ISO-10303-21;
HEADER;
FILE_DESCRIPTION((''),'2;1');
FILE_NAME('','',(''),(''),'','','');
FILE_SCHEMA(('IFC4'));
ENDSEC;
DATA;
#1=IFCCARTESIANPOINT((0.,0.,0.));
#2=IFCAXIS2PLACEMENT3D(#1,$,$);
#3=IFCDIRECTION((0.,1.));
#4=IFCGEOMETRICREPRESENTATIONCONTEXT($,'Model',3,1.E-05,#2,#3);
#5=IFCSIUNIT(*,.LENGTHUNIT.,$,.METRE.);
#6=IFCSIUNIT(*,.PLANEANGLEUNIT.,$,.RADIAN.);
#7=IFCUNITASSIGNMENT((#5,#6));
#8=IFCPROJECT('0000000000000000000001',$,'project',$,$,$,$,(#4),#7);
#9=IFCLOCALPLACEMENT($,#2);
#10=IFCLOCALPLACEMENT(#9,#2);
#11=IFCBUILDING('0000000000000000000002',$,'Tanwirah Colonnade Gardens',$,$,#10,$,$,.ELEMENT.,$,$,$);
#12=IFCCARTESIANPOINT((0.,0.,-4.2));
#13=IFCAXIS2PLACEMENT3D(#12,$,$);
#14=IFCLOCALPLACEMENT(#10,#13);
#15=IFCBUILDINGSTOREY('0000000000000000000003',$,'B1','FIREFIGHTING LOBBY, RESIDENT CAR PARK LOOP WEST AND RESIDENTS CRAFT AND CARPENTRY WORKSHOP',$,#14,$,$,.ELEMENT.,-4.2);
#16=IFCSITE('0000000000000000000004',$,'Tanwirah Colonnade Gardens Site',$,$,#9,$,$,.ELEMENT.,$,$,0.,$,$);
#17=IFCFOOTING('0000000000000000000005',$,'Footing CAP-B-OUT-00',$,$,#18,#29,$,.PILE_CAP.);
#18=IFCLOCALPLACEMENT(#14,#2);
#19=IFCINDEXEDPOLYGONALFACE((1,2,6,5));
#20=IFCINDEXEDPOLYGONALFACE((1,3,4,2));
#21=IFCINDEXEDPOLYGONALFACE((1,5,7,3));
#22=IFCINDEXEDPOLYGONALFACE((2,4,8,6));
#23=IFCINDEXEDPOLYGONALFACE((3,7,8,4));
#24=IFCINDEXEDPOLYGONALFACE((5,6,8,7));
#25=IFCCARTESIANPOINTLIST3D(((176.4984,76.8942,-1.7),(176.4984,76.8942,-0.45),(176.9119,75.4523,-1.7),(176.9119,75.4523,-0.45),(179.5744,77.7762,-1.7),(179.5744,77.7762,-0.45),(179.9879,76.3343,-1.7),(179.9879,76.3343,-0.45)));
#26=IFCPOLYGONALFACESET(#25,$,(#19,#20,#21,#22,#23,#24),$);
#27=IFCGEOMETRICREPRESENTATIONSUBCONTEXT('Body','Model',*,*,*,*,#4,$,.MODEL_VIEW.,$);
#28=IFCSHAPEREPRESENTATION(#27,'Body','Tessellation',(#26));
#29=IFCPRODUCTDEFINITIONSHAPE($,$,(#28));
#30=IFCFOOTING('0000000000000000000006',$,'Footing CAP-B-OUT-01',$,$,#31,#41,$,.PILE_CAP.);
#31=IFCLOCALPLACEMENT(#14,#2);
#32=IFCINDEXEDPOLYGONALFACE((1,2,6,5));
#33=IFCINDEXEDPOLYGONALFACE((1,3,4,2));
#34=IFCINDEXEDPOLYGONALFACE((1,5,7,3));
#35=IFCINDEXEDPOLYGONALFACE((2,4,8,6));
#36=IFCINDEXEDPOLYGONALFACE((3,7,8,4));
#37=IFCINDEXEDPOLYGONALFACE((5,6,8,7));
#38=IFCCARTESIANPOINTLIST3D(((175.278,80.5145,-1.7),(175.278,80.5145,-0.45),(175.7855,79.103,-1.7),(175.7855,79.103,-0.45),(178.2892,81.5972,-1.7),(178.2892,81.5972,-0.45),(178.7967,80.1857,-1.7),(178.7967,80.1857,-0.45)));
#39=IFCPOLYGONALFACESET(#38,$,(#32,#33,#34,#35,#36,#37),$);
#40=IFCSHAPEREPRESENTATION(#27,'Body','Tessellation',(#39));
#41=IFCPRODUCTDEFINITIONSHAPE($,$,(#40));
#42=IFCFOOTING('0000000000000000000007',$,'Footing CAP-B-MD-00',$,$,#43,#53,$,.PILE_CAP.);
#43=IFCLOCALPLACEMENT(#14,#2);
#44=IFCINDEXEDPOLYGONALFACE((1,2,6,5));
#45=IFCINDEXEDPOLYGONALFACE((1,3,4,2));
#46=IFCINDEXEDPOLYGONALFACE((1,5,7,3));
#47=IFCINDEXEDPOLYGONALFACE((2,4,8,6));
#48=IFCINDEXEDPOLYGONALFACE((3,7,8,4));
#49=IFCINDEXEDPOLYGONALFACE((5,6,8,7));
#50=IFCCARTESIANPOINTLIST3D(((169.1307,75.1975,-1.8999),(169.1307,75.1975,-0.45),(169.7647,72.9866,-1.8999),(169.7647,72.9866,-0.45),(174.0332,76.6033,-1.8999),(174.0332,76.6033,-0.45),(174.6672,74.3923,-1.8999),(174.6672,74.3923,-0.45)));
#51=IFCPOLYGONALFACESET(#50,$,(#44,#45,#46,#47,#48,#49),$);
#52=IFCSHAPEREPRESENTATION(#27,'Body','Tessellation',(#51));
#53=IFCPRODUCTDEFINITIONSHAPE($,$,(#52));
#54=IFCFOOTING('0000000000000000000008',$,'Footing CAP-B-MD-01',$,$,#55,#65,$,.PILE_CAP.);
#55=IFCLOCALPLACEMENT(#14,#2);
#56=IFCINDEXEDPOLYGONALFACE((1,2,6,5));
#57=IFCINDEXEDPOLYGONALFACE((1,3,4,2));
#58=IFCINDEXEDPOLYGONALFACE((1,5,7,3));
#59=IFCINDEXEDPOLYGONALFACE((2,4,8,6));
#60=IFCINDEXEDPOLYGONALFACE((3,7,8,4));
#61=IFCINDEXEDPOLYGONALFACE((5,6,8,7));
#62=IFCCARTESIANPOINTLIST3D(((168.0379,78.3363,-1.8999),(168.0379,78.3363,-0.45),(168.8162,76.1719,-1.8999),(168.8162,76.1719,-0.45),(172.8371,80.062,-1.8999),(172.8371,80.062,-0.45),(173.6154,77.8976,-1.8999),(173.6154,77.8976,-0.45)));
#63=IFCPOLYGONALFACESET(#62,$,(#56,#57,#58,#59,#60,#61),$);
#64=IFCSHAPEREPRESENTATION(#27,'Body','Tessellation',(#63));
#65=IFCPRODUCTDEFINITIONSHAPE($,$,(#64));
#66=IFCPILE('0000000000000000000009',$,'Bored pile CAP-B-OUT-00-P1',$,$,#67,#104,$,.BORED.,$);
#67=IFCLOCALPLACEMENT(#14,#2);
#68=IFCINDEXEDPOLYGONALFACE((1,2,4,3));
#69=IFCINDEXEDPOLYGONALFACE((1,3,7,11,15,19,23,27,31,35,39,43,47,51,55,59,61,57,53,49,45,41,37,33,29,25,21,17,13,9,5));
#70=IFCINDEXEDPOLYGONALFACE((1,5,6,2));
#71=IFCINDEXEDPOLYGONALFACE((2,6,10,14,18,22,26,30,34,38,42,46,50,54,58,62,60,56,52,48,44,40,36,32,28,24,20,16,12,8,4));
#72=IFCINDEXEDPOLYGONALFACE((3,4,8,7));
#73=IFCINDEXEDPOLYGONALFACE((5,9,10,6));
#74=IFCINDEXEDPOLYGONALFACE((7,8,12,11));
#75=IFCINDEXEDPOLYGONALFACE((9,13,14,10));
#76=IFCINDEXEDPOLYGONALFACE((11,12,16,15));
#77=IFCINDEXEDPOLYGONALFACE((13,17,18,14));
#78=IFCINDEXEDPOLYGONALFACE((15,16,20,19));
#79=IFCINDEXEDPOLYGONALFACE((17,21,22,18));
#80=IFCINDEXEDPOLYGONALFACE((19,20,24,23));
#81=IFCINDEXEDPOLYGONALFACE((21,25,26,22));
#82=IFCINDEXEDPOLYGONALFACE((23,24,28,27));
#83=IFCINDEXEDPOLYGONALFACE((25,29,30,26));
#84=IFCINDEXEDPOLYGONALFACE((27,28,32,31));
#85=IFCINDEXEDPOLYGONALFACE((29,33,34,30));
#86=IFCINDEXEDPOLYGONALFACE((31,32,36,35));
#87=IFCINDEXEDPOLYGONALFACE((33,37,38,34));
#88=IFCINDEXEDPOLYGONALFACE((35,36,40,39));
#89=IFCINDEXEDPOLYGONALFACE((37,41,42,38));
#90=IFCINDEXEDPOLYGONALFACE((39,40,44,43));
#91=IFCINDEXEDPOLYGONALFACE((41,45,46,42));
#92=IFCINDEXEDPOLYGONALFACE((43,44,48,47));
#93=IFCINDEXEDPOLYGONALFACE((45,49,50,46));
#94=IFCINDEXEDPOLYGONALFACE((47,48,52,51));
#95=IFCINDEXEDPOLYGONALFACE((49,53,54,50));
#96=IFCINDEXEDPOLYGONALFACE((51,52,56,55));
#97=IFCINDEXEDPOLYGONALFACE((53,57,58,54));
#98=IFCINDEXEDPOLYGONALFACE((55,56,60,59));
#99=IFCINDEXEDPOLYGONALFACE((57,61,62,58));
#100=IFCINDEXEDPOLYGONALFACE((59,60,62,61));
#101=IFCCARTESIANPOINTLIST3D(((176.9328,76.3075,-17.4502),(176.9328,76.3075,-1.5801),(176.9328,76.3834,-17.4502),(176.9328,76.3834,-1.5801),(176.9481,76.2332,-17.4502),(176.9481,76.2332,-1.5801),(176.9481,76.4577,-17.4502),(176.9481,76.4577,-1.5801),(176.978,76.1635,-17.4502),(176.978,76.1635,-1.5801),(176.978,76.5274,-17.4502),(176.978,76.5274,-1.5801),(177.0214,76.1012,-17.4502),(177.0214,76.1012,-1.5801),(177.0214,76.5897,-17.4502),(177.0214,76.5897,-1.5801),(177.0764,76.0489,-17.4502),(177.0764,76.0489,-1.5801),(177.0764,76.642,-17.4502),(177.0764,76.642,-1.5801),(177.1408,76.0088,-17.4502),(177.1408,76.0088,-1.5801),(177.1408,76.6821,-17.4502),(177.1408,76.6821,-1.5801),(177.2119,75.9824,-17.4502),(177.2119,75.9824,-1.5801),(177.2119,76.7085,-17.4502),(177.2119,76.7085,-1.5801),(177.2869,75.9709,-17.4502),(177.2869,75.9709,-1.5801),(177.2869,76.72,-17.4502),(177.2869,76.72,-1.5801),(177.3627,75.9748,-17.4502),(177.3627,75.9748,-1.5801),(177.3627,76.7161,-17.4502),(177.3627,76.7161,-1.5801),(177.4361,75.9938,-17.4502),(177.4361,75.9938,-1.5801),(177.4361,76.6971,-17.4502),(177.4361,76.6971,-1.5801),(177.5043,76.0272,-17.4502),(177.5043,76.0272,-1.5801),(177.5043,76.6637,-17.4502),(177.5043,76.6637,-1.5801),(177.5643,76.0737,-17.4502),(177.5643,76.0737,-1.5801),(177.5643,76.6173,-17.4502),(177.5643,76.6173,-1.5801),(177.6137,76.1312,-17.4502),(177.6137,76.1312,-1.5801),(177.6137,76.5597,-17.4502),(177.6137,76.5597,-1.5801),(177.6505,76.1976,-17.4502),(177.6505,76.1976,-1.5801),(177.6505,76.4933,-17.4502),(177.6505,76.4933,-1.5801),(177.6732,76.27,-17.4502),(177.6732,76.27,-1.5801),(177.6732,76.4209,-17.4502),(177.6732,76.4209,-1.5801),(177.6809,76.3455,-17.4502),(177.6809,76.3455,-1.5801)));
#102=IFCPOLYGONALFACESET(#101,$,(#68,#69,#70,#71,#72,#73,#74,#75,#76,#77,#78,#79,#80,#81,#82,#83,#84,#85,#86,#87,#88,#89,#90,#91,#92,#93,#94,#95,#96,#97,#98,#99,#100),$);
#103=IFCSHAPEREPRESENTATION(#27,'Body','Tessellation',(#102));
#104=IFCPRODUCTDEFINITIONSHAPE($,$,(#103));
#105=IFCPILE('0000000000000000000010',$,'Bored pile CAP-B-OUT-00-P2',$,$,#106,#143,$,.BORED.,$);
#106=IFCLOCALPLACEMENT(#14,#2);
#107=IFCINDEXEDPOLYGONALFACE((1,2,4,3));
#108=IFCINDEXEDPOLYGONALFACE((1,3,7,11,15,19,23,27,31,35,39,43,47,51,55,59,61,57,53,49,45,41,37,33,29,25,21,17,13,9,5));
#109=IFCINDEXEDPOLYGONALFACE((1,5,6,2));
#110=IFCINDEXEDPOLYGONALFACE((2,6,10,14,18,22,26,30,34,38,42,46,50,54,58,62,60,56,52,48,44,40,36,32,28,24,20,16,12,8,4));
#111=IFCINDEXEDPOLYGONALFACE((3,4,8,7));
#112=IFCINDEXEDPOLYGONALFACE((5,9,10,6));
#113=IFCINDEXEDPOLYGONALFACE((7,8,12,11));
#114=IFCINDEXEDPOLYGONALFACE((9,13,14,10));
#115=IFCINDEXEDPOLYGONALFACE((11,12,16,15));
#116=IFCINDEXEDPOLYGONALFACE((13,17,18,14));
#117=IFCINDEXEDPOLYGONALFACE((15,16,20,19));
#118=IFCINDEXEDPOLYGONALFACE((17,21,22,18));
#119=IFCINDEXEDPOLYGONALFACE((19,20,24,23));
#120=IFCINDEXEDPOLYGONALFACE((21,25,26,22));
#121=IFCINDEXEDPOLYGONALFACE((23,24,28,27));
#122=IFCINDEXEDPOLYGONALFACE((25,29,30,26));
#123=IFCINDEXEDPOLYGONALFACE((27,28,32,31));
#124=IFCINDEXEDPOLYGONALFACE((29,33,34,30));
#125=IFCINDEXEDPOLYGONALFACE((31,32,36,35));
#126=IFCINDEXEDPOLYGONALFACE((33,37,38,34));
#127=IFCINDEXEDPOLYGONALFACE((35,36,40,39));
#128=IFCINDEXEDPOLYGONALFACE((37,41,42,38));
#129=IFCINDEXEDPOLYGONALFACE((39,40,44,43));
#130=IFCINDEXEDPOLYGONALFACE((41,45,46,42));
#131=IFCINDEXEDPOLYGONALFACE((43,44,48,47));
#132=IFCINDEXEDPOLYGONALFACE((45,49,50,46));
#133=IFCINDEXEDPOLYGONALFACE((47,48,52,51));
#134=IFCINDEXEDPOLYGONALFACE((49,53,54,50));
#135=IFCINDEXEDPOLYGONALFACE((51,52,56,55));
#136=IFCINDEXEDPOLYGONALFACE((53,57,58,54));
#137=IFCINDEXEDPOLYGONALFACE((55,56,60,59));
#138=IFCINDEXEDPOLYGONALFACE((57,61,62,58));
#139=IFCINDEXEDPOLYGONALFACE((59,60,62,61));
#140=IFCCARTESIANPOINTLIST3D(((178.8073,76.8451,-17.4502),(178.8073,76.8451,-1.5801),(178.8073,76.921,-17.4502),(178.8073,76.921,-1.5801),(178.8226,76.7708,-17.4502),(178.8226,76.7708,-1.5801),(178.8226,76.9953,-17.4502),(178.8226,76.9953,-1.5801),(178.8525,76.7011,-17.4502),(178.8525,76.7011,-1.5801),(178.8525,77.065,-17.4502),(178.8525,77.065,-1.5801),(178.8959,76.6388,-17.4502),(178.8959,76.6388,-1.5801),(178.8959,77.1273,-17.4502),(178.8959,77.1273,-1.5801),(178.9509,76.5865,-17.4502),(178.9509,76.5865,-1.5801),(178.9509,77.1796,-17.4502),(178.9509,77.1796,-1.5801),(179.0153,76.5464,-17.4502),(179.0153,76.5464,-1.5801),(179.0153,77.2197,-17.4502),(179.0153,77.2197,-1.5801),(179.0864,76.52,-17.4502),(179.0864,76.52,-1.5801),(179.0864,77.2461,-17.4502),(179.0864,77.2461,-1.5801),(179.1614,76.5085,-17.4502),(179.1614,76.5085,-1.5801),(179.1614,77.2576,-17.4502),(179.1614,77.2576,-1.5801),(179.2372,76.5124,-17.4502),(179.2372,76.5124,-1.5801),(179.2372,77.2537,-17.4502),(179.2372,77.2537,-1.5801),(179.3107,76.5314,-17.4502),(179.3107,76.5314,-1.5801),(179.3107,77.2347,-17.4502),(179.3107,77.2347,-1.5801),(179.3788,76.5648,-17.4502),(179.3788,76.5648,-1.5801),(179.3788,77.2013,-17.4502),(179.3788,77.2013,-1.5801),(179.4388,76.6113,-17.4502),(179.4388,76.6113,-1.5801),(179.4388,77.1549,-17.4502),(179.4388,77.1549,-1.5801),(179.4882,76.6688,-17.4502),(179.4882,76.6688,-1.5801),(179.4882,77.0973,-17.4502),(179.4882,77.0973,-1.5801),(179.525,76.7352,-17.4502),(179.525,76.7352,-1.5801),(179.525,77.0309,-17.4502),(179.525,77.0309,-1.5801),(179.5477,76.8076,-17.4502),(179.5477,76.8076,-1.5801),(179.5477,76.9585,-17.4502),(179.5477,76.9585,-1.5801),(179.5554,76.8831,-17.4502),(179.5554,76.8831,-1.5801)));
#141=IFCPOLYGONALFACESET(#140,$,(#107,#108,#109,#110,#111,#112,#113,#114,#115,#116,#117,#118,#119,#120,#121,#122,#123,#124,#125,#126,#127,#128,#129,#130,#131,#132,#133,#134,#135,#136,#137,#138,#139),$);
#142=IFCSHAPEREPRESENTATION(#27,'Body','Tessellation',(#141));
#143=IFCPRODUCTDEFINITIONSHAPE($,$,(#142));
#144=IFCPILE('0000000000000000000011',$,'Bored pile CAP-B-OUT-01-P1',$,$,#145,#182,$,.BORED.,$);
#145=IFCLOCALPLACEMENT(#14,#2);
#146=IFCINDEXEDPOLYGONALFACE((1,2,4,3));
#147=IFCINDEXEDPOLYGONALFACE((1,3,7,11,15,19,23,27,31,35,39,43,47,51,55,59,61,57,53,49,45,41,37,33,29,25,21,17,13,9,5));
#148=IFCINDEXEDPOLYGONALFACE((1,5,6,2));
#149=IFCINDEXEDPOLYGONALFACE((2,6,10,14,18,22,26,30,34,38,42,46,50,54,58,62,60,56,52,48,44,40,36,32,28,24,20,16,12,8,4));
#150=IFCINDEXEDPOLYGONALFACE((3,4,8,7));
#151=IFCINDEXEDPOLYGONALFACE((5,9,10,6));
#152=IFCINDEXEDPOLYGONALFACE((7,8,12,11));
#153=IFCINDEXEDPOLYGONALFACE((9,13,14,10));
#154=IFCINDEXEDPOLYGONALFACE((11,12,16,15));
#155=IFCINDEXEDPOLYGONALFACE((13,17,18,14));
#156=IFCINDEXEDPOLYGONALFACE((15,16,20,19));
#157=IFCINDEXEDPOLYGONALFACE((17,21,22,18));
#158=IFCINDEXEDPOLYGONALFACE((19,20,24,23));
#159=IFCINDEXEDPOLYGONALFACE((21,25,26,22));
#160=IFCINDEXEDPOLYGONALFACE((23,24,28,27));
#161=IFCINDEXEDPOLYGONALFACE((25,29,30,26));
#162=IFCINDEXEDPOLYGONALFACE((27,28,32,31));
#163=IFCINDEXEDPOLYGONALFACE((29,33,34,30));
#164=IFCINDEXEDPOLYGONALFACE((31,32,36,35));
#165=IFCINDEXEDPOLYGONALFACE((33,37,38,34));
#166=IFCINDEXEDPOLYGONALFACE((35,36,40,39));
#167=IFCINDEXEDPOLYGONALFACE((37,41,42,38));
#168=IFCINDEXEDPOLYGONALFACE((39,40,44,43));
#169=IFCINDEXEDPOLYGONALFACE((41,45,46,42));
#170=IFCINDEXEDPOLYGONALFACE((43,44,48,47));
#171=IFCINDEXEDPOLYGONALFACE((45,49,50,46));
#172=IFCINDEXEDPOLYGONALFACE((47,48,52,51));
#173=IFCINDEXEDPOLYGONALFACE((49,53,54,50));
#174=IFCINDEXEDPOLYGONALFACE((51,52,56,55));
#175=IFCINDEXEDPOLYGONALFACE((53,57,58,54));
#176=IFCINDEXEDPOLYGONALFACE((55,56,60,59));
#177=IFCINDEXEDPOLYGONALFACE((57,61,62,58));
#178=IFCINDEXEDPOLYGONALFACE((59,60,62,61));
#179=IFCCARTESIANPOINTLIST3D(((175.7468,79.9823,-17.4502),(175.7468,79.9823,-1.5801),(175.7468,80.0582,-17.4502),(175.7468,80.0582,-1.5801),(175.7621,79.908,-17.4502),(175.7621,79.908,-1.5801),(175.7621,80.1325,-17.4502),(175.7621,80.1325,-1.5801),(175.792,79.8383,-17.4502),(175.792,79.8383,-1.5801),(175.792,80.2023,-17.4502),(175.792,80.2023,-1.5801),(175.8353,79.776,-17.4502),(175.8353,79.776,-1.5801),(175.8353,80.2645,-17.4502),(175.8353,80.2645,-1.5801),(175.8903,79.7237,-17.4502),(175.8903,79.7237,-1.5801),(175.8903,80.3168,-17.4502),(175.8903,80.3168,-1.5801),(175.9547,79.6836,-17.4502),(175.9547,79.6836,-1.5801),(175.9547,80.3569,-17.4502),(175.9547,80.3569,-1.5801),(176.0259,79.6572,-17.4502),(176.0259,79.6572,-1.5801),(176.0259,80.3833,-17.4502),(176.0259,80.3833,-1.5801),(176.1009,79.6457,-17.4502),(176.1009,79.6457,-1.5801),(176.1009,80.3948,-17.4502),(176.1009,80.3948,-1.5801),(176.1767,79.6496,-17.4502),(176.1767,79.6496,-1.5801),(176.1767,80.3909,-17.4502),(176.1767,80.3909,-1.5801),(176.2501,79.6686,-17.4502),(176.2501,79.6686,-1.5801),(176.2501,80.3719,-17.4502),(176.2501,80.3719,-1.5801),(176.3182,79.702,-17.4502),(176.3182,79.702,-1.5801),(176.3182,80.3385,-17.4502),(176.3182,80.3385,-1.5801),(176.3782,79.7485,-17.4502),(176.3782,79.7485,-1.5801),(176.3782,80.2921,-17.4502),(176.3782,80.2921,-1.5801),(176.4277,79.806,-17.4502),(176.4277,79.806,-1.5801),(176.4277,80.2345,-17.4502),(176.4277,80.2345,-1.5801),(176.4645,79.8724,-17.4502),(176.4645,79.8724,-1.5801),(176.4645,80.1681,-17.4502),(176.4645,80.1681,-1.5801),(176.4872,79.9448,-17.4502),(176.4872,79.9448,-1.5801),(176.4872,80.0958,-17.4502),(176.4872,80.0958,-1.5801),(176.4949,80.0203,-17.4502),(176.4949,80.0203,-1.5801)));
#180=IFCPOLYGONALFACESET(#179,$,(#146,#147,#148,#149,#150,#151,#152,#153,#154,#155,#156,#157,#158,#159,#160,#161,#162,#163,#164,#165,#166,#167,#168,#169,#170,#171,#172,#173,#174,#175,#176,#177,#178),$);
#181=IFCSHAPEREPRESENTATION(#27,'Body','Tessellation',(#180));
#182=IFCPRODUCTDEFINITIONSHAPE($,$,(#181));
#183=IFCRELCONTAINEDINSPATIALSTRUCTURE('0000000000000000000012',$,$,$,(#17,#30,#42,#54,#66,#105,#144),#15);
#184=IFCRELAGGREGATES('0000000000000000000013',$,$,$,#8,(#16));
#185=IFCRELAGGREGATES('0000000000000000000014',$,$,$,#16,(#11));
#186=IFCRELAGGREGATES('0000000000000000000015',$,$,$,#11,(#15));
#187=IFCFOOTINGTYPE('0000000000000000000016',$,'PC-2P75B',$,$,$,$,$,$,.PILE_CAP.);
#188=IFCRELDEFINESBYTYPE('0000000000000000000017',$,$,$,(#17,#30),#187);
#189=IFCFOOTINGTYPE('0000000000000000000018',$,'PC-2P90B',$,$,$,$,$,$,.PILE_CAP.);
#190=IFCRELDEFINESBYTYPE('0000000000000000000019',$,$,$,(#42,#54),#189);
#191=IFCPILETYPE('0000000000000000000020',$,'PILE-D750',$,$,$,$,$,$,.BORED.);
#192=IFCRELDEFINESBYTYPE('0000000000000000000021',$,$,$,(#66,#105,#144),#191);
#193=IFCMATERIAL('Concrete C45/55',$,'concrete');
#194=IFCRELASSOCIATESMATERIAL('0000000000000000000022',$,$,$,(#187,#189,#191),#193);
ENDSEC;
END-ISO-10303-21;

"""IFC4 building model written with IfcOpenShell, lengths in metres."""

from ifc_helpers import new_model, si_unit, direction, frame, origin, origin_2d, place, context, subcontext, project, spatial, rectangle, circle, extrude, material, material_profile, profile_set, type_object, element, save


model = new_model("IFC4")

# Units and contexts
model_context = context("Model", 3, precision=1e-05, world=origin(), true_north=direction((0.0, 1.0)))
body_context = subcontext(model_context, "Body", "Model", "MODEL_VIEW")
ifc_project = project(units=[si_unit("LENGTHUNIT", "METRE"), si_unit("PLANEANGLEUNIT", "RADIAN")], contexts=[model_context])

# Site, building, storey
site_placement = place(None, origin())
site = spatial("IfcSite", under=ifc_project, at=site_placement, Name="Tanwirah Colonnade Gardens Site", CompositionType="ELEMENT", RefElevation=0.0)
building_placement = place(site_placement, origin())
building = spatial("IfcBuilding", under=site, at=building_placement, Name="Tanwirah Colonnade Gardens", CompositionType="ELEMENT")
storey_placement = place(building_placement, frame((0.0, 0.0, -4.2)))
storey = spatial("IfcBuildingStorey", under=building, at=storey_placement, Name="B1", Description="FIREFIGHTING LOBBY, RESIDENT CAR PARK LOOP WEST AND RESIDENTS CRAFT AND CARPENTRY WORKSHOP", CompositionType="ELEMENT", Elevation=-4.2)

# Footings
ifc_material_1 = material(Name="Concrete C45/55", Category="concrete")
footing_type_1 = type_object("IfcFootingType", Name="PC-2P75B", PredefinedType="PILE_CAP", material=ifc_material_1)
for number, where, z_axis, x_axis, name in (
    (1, (178.2432, 76.6143, -1.7), (0.0, 0.0, 1.0), (0.961262, 0.275637, 0.0), "Footing CAP-B-OUT-00"),
    (2, (177.0374, 80.3501, -1.7), (0.0, 0.0, 1.0), (0.941012, 0.338373, 0.0), "Footing CAP-B-OUT-01"),
):
    element("IfcFooting", number, at=place(storey_placement, frame(where, z_axis=z_axis, x_axis=x_axis)), inside=storey, type_object=footing_type_1, Name=name, PredefinedType="PILE_CAP", context=body_context, shape_type="SweptSolid", body=[
        extrude(rectangle(XDim=3.2, YDim=1.5, at=origin_2d()), origin(), (0.0, 0.0, 1.0), 1.25),
    ])
footing_type_2 = type_object("IfcFootingType", Name="PC-2P90B", PredefinedType="PILE_CAP", material=ifc_material_1)
for number, where, z_axis, x_axis, name in (
    (3, (171.8989, 74.7949, -1.8999), (0.0, 0.0, 1.0), (0.961262, 0.275637, 0.0), "Footing CAP-B-MD-00"),
    (4, (170.8267, 78.1169, -1.8999), (0.0, 0.0, 1.0), (0.941012, 0.338373, 0.0), "Footing CAP-B-MD-01"),
):
    element("IfcFooting", number, at=place(storey_placement, frame(where, z_axis=z_axis, x_axis=x_axis)), inside=storey, type_object=footing_type_2, Name=name, PredefinedType="PILE_CAP", context=body_context, shape_type="SweptSolid", body=[
        extrude(rectangle(XDim=5.1001, YDim=2.3, at=origin_2d()), origin(), (0.0, 0.0, 1.0), 1.45),
    ])

# Piles
ifc_material_profile_1 = material_profile(ifc_material_1, circle(Radius=0.375, at=origin_2d()), Name="PILE D750")
ifc_profile_set_1 = profile_set([ifc_material_profile_1], Name="Concrete C45/55")
pile_type_1 = type_object("IfcPileType", Name="PILE-D750", PredefinedType="BORED", material=ifc_profile_set_1)
for number, where, z_axis, x_axis, name in (
    (5, (177.3059, 76.3455, -1.5801), (0.0, 0.0, -1.0), (1.0, 0.0, 0.0), "Bored pile CAP-B-OUT-00-P1"),
    (6, (179.1804, 76.8831, -1.5801), (0.0, 0.0, -1.0), (1.0, 0.0, 0.0), "Bored pile CAP-B-OUT-00-P2"),
    (7, (176.1199, 80.0203, -1.5801), (0.0, 0.0, -1.0), (1.0, 0.0, 0.0), "Bored pile CAP-B-OUT-01-P1"),
):
    element("IfcPile", number, at=place(storey_placement, frame(where, z_axis=z_axis, x_axis=x_axis)), inside=storey, type_object=pile_type_1, Name=name, PredefinedType="BORED", context=body_context, shape_type="SweptSolid", body=[
        extrude(circle(Radius=0.375, at=origin_2d()), origin(), (0.0, 0.0, 1.0), 15.8701),
    ])

save(model, "model.ifc")
